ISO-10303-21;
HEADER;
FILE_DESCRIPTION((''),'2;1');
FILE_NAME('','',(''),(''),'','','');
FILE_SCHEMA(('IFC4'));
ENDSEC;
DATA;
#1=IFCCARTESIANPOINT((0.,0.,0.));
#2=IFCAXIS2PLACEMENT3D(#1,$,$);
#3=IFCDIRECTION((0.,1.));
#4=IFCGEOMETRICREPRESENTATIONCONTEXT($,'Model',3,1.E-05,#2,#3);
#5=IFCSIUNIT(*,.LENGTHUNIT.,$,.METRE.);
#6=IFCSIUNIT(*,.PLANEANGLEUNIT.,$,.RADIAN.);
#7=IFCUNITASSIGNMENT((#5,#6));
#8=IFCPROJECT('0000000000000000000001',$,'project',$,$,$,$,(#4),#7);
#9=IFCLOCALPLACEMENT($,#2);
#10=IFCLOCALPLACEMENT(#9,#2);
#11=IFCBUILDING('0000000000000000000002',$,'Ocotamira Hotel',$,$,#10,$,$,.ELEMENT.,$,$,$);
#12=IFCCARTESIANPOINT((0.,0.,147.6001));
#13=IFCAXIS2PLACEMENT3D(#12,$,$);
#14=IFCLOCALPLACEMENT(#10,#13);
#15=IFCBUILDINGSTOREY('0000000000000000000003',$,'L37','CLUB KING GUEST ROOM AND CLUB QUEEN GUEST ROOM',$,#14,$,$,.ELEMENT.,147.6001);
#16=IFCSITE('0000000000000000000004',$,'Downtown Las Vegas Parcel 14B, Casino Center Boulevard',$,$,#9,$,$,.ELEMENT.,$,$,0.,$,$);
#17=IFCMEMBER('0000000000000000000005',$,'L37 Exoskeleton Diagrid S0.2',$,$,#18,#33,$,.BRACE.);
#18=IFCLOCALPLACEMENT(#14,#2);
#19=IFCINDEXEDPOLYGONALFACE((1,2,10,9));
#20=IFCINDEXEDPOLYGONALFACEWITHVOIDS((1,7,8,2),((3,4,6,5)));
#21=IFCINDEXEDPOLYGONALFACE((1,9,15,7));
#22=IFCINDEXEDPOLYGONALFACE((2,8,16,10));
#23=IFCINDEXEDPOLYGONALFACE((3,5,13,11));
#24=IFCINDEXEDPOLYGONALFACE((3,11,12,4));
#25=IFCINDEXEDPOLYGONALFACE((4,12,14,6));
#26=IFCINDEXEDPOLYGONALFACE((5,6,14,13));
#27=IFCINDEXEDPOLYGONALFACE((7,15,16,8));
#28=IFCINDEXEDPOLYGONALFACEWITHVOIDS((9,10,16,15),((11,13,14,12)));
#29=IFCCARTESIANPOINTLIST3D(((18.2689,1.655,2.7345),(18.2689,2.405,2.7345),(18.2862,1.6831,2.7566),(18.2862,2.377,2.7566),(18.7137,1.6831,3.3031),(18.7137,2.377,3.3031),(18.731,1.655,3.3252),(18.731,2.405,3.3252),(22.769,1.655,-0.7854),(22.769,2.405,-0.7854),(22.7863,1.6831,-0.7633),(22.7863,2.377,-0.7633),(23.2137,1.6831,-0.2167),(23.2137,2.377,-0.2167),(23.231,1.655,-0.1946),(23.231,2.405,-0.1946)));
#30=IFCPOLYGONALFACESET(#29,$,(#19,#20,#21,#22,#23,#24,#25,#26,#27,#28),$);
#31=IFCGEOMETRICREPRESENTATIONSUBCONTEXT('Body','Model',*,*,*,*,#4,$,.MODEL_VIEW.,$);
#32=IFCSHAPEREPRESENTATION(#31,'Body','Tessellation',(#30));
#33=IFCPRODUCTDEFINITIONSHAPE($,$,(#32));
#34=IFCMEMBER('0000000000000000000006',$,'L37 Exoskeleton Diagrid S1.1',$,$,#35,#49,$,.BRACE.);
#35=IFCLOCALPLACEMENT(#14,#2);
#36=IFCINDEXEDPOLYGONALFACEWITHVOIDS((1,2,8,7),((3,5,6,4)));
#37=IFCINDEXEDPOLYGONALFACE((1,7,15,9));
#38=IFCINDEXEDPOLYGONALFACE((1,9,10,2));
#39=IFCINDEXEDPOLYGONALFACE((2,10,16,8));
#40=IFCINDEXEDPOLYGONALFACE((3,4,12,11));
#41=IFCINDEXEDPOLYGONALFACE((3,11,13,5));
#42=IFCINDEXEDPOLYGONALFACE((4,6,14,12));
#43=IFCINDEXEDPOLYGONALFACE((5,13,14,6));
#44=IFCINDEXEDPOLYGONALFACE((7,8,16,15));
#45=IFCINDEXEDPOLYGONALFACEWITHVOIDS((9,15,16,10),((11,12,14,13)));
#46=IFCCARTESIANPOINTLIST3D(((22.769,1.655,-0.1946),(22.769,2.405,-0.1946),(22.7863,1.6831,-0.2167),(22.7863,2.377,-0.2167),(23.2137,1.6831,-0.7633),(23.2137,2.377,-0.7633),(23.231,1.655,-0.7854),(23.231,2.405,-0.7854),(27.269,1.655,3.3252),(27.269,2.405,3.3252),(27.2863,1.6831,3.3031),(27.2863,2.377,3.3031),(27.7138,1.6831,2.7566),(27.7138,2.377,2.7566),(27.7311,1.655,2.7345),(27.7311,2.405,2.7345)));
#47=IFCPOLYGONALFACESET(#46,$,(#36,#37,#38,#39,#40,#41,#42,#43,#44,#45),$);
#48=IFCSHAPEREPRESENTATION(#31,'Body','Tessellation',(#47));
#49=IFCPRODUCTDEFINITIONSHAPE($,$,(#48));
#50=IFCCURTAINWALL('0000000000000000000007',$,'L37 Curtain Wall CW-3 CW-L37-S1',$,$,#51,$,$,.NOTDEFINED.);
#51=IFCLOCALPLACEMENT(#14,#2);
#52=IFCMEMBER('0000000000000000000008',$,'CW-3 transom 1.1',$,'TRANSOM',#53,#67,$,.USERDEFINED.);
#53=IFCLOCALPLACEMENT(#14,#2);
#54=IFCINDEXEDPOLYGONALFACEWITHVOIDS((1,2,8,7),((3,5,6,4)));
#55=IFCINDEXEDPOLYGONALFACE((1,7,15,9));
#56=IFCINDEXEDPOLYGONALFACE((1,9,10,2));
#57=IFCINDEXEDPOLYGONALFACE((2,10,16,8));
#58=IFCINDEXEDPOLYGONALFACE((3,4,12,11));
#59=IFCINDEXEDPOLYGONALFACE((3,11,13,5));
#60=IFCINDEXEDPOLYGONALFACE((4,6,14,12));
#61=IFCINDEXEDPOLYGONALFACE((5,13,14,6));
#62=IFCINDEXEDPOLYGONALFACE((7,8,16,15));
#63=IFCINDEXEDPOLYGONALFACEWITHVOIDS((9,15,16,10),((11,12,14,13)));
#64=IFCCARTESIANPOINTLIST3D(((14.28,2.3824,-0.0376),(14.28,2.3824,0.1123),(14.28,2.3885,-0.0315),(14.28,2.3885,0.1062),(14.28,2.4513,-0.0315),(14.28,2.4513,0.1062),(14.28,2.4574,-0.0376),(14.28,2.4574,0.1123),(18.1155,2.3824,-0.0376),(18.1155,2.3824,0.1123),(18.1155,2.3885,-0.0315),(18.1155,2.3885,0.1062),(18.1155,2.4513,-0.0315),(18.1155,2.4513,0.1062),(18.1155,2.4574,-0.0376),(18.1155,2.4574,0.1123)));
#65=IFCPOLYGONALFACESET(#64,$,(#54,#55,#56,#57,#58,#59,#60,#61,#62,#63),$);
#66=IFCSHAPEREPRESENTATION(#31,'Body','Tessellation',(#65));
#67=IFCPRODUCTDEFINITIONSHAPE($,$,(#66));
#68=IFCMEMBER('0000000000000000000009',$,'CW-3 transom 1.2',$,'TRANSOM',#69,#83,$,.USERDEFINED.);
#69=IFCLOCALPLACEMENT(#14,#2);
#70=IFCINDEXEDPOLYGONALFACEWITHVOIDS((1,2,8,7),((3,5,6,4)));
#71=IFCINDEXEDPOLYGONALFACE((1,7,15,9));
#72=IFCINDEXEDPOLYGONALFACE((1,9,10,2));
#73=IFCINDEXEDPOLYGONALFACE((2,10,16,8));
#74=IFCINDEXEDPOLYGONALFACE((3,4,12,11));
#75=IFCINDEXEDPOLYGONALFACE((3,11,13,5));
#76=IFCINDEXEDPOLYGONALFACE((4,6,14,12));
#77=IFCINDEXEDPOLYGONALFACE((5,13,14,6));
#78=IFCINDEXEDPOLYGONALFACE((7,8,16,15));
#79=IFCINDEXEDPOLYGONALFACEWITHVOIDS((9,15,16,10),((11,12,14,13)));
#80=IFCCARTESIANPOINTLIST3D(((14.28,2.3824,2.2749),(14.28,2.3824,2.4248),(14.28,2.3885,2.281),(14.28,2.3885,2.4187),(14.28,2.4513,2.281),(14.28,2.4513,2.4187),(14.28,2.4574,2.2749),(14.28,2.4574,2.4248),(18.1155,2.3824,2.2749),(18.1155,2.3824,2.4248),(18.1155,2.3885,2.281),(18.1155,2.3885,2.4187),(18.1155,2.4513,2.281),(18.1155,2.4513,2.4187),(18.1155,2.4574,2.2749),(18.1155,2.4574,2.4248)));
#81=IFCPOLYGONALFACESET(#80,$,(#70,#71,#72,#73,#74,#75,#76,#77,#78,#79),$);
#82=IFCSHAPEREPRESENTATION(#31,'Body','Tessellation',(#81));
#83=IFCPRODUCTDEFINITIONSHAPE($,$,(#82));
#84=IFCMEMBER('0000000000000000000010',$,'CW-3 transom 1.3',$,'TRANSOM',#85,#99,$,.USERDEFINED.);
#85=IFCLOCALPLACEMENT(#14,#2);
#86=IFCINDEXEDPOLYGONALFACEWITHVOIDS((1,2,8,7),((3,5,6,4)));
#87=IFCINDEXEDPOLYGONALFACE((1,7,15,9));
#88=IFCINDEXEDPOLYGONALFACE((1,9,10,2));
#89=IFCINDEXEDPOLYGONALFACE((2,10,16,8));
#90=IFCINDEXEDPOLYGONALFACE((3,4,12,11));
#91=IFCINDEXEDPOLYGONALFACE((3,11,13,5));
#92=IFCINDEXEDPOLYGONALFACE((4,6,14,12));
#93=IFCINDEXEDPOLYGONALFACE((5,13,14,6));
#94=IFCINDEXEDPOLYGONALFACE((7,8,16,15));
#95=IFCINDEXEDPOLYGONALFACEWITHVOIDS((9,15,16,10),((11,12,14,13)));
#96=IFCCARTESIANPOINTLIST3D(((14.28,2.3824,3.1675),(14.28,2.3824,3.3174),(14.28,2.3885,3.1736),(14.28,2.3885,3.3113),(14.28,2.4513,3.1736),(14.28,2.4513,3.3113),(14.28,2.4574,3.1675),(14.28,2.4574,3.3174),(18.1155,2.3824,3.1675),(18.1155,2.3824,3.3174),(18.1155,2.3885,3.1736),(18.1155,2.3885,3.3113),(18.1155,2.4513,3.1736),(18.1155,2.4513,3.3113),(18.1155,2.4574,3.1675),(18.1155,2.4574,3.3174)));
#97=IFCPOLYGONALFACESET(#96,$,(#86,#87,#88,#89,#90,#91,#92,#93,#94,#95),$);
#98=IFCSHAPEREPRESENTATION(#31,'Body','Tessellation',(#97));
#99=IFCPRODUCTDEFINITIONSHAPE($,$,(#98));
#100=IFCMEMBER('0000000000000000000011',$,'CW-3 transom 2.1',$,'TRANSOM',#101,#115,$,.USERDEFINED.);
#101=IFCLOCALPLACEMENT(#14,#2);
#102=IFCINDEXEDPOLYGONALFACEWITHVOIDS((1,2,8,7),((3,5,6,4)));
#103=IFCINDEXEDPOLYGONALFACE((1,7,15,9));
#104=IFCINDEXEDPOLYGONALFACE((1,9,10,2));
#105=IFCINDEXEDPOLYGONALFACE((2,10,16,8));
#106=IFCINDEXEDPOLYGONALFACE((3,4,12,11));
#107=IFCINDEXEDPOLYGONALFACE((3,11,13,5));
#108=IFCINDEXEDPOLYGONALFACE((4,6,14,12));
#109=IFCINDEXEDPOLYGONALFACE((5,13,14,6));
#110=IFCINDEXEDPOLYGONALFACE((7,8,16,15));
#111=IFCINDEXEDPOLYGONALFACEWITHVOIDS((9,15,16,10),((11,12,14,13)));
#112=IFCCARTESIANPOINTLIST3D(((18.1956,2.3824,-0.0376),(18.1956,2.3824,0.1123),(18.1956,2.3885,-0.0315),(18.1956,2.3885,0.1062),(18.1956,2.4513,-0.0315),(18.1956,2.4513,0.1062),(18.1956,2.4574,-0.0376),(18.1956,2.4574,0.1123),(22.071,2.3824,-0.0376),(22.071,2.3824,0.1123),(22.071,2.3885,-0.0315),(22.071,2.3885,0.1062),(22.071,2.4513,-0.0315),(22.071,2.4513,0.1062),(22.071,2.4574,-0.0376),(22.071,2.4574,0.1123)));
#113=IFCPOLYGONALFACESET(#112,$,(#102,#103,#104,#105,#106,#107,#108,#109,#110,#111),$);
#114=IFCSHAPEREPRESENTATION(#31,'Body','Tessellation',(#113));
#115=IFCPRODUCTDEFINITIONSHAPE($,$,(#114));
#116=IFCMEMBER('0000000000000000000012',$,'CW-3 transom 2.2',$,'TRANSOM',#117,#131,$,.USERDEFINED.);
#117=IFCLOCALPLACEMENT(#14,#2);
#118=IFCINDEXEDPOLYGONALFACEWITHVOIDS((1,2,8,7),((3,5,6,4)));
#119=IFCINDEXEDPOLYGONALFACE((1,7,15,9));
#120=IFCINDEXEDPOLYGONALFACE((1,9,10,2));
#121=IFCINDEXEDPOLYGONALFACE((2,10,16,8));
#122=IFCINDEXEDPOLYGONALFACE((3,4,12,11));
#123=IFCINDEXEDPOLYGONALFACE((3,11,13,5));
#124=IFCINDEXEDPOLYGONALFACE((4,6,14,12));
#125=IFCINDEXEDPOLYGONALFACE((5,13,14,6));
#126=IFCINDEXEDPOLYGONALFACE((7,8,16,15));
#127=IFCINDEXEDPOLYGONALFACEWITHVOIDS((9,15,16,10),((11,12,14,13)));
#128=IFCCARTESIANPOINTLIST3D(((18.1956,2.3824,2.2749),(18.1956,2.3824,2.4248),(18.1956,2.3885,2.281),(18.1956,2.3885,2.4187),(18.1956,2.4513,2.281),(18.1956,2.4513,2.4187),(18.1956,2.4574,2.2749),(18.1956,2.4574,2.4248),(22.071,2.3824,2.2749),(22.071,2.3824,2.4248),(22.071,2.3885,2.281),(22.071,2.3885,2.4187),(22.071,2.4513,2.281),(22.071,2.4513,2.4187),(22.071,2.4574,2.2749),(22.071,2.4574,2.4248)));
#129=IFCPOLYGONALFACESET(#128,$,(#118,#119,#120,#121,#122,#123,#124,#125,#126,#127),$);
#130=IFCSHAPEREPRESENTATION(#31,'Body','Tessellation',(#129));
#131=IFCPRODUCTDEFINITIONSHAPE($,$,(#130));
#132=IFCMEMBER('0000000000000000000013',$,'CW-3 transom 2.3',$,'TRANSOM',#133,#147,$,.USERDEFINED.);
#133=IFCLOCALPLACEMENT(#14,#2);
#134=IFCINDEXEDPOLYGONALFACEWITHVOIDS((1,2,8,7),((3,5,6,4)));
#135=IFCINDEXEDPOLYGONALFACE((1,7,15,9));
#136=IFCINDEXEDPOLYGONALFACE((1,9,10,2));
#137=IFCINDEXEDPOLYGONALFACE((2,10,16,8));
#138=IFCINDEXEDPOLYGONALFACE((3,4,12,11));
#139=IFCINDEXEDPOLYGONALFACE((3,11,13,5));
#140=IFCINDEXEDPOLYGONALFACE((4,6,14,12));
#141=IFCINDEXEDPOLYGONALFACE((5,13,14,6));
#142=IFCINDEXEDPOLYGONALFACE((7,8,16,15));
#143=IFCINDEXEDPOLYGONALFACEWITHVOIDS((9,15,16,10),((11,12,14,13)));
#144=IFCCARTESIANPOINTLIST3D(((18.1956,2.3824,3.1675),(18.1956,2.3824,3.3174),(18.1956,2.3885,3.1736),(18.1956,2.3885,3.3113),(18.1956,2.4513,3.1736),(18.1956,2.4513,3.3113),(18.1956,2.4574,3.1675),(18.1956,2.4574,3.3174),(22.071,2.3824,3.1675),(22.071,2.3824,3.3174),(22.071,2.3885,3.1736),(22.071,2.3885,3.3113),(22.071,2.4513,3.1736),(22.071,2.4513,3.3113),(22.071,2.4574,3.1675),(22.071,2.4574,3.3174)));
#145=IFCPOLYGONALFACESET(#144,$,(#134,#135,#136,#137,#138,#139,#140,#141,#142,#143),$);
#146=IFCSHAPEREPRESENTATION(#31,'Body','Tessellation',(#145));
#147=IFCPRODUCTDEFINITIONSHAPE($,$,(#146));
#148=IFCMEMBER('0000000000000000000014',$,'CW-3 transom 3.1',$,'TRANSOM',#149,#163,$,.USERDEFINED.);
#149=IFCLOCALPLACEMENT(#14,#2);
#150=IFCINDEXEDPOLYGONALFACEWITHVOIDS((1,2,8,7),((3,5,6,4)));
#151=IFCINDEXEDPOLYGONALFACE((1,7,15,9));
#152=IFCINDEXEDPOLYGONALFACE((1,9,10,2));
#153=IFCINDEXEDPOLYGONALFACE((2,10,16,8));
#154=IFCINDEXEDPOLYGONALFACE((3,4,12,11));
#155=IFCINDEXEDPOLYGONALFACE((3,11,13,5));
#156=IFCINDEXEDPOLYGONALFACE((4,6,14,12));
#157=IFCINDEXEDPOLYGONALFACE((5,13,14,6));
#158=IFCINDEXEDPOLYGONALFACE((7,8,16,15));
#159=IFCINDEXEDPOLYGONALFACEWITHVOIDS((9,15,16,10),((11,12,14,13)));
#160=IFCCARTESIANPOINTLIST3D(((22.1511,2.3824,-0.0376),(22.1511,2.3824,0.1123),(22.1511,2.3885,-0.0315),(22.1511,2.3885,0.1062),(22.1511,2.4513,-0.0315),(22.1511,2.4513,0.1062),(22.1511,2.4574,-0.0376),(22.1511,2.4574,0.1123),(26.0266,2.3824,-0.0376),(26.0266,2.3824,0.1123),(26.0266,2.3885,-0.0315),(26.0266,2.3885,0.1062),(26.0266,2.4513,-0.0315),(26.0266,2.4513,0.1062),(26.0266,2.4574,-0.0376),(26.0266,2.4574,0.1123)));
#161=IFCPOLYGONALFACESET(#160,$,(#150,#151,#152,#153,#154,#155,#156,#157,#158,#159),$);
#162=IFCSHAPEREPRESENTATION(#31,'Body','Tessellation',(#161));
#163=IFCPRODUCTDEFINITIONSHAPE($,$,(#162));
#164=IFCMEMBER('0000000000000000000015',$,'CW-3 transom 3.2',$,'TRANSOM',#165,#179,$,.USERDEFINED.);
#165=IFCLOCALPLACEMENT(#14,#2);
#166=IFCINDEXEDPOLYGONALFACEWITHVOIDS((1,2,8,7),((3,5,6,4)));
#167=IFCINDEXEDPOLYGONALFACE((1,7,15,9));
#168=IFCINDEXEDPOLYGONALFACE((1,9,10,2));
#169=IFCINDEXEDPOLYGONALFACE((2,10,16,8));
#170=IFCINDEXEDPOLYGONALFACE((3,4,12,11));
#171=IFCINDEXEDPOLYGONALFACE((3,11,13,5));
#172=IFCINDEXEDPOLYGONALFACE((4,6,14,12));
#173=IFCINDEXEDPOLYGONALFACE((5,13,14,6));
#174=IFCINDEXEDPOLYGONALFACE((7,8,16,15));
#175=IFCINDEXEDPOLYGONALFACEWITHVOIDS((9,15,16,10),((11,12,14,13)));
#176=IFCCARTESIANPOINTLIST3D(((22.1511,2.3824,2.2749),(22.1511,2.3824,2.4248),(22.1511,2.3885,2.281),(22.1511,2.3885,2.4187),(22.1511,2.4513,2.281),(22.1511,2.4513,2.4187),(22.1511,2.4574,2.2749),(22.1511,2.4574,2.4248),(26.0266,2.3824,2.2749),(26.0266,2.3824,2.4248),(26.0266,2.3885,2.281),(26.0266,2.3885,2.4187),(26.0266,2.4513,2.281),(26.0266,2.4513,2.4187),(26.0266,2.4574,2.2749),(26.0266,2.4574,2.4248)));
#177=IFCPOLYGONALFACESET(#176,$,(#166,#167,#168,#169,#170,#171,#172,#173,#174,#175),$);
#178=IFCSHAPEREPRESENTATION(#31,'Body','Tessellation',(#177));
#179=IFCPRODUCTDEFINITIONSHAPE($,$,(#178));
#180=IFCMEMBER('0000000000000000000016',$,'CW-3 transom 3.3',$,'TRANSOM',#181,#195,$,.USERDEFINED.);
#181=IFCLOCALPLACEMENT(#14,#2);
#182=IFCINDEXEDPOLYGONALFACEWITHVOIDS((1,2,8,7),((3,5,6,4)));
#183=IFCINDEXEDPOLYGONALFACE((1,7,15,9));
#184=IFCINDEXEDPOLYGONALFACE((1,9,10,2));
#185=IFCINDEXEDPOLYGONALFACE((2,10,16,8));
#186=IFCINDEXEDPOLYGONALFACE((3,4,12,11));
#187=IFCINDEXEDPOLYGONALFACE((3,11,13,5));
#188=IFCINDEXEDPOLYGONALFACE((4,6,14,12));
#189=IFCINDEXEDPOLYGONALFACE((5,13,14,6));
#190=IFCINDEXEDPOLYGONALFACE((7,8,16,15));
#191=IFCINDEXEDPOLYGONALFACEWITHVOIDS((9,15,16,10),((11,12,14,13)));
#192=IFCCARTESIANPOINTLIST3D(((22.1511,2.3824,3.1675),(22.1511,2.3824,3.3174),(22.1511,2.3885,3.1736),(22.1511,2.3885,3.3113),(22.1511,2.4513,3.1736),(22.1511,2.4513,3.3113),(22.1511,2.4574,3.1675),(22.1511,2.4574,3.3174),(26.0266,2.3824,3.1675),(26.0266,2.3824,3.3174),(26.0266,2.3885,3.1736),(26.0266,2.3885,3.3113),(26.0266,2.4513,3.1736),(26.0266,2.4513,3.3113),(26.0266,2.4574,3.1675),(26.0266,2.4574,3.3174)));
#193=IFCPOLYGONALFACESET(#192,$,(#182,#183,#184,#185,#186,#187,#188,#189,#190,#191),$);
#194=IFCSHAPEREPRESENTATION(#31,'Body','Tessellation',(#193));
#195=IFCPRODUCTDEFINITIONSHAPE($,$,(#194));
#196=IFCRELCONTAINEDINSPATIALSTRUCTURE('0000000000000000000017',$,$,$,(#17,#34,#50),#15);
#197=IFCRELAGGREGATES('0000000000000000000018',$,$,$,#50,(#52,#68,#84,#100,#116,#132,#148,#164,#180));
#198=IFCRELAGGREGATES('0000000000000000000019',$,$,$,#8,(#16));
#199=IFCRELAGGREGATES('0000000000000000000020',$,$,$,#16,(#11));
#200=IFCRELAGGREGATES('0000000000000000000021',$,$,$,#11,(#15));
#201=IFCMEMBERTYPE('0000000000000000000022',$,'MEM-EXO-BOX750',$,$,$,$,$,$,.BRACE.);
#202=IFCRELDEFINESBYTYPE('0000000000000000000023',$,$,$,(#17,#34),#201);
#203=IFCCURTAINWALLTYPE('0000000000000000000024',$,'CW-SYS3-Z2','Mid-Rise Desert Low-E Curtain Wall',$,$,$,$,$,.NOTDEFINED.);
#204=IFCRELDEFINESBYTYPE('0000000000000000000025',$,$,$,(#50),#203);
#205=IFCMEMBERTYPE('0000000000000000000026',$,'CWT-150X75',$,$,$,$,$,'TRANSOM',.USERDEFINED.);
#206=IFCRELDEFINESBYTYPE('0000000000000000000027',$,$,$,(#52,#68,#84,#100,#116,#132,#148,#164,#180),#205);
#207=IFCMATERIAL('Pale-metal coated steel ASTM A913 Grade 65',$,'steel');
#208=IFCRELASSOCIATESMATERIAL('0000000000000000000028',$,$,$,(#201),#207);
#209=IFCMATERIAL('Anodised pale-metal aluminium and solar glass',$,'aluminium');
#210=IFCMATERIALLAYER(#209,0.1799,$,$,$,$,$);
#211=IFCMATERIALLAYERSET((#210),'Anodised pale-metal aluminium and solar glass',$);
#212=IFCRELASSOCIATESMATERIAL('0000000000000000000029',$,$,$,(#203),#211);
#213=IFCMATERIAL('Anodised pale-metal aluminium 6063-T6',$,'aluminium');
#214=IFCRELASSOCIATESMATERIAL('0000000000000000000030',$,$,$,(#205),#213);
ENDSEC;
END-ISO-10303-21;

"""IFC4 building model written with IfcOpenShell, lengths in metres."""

from ifc_helpers import new_model, si_unit, direction, frame, origin, origin_2d, place, context, subcontext, project, spatial, hollow_rectangle, extrude, source, transform, mapped, material, layer, layer_set, material_profile, profile_set, type_object, element, aggregate, save


model = new_model("IFC4")

# Units and contexts
model_context = context("Model", 3, precision=1e-05, world=origin(), true_north=direction((0.0, 1.0)))
body_context = subcontext(model_context, "Body", "Model", "MODEL_VIEW")
ifc_project = project(units=[si_unit("LENGTHUNIT", "METRE"), si_unit("PLANEANGLEUNIT", "RADIAN")], contexts=[model_context])

# Site, building, storey
site_placement = place(None, origin())
site = spatial("IfcSite", under=ifc_project, at=site_placement, Name="Downtown Las Vegas Parcel 14B, Casino Center Boulevard", CompositionType="ELEMENT", RefElevation=0.0)
building_placement = place(site_placement, origin())
building = spatial("IfcBuilding", under=site, at=building_placement, Name="Ocotamira Hotel", CompositionType="ELEMENT")
storey_placement = place(building_placement, frame((0.0, 0.0, 147.6001)))
storey = spatial("IfcBuildingStorey", under=building, at=storey_placement, Name="L37", Description="CLUB KING GUEST ROOM AND CLUB QUEEN GUEST ROOM", CompositionType="ELEMENT", Elevation=147.6001)

# Members
ifc_material_1 = material(Name="Pale-metal coated steel ASTM A913 Grade 65", Category="steel")
ifc_material_profile_1 = material_profile(ifc_material_1, hollow_rectangle(XDim=0.75, YDim=0.75, WallThickness=0.0281, at=origin_2d()), Name="BOX750X750X28")
ifc_profile_set_1 = profile_set([ifc_material_profile_1], Name="Pale-metal coated steel ASTM A913 Grade 65")
member_type_1 = type_object("IfcMemberType", Name="MEM-EXO-BOX750", PredefinedType="BRACE", material=ifc_profile_set_1)
shared_shape_1 = source(origin(), body_context, "Body", "SweptSolid", [
    extrude(hollow_rectangle(XDim=0.75, YDim=0.75, WallThickness=0.0281, at=origin_2d()), origin(), (0.0, 0.0, 1.0), 5.7131),
])
for number, where, z_axis, x_axis, name in (
    (1, (23.0, 2.03, -0.49), (-0.787672, 0.0, 0.616095), (0.0, -1.0, 0.0), "L37 Exoskeleton Diagrid S0.2"),
    (2, (23.0, 2.03, -0.49), (0.787672, 0.0, 0.616095), (0.0, 1.0, 0.0), "L37 Exoskeleton Diagrid S1.1"),
):
    element("IfcMember", number, at=place(storey_placement, frame(where, z_axis=z_axis, x_axis=x_axis)), inside=storey, type_object=member_type_1, Name=name, PredefinedType="BRACE", context=body_context, shape_type="MappedRepresentation", body=[
        mapped(shared_shape_1, transform((0.0, 0.0, 0.0), scale=1.0)),
    ])

# Curtain wall, members
ifc_material_2 = material(Name="Anodised pale-metal aluminium and solar glass", Category="aluminium")
ifc_layer_1 = layer(ifc_material_2, 0.1799)
ifc_layer_set_1 = layer_set([ifc_layer_1], Name="Anodised pale-metal aluminium and solar glass")
curtain_wall_type = type_object("IfcCurtainWallType", Name="CW-SYS3-Z2", Description="Mid-Rise Desert Low-E Curtain Wall", PredefinedType="NOTDEFINED", material=ifc_layer_set_1)
curtain_wall_placement = place(storey_placement, origin())
curtain_wall = element("IfcCurtainWall", 3, at=curtain_wall_placement, inside=storey, type_object=curtain_wall_type, Name="L37 Curtain Wall CW-3 CW-L37-S1", PredefinedType="NOTDEFINED")
ifc_material_3 = material(Name="Anodised pale-metal aluminium 6063-T6", Category="aluminium")
ifc_material_profile_2 = material_profile(ifc_material_3, hollow_rectangle(XDim=0.075, YDim=0.1499, WallThickness=0.0061, at=origin_2d()), Name="HSS150X75X6")
ifc_profile_set_2 = profile_set([ifc_material_profile_2], Name="Anodised pale-metal aluminium 6063-T6")
member_type_2 = type_object("IfcMemberType", Name="CWT-150X75", ElementType="TRANSOM", PredefinedType="USERDEFINED", material=ifc_profile_set_2)
shared_shape_2 = source(origin(), body_context, "Body", "SweptSolid", [
    extrude(hollow_rectangle(XDim=0.075, YDim=0.1499, WallThickness=0.0061, at=origin_2d()), origin(), (0.0, 0.0, 1.0), 3.8354),
])
member_1_placement = place(storey_placement, frame((14.28, 2.4199, 0.0374), z_axis=(1.0, 0.0, 0.0), x_axis=(0.0, 1.0, 0.0)))
member_1 = element("IfcMember", 4, at=member_1_placement, type_object=member_type_2, Name="CW-3 transom 1.1", ObjectType="TRANSOM", PredefinedType="USERDEFINED", context=body_context, shape_type="MappedRepresentation", body=[
    mapped(shared_shape_2, transform((0.0, 0.0, 0.0), scale=1.0)),
])
member_2_placement = place(storey_placement, frame((14.28, 2.4199, 2.3499), z_axis=(1.0, 0.0, 0.0), x_axis=(0.0, 1.0, 0.0)))
member_2 = element("IfcMember", 5, at=member_2_placement, type_object=member_type_2, Name="CW-3 transom 1.2", ObjectType="TRANSOM", PredefinedType="USERDEFINED", context=body_context, shape_type="MappedRepresentation", body=[
    mapped(shared_shape_2, transform((0.0, 0.0, 0.0), scale=1.0)),
])
member_3_placement = place(storey_placement, frame((14.28, 2.4199, 3.2424), z_axis=(1.0, 0.0, 0.0), x_axis=(0.0, 1.0, 0.0)))
member_3 = element("IfcMember", 6, at=member_3_placement, type_object=member_type_2, Name="CW-3 transom 1.3", ObjectType="TRANSOM", PredefinedType="USERDEFINED", context=body_context, shape_type="MappedRepresentation", body=[
    mapped(shared_shape_2, transform((0.0, 0.0, 0.0), scale=1.0)),
])
shared_shape_3 = source(origin(), body_context, "Body", "SweptSolid", [
    extrude(hollow_rectangle(XDim=0.075, YDim=0.1499, WallThickness=0.0061, at=origin_2d()), origin(), (0.0, 0.0, 1.0), 3.8755),
])
member_4_placement = place(storey_placement, frame((18.1956, 2.4199, 0.0374), z_axis=(1.0, 0.0, 0.0), x_axis=(0.0, 1.0, 0.0)))
member_4 = element("IfcMember", 7, at=member_4_placement, type_object=member_type_2, Name="CW-3 transom 2.1", ObjectType="TRANSOM", PredefinedType="USERDEFINED", context=body_context, shape_type="MappedRepresentation", body=[
    mapped(shared_shape_3, transform((0.0, 0.0, 0.0), scale=1.0)),
])
member_5_placement = place(storey_placement, frame((18.1956, 2.4199, 2.3499), z_axis=(1.0, 0.0, 0.0), x_axis=(0.0, 1.0, 0.0)))
member_5 = element("IfcMember", 8, at=member_5_placement, type_object=member_type_2, Name="CW-3 transom 2.2", ObjectType="TRANSOM", PredefinedType="USERDEFINED", context=body_context, shape_type="MappedRepresentation", body=[
    mapped(shared_shape_3, transform((0.0, 0.0, 0.0), scale=1.0)),
])
member_6_placement = place(storey_placement, frame((18.1956, 2.4199, 3.2424), z_axis=(1.0, 0.0, 0.0), x_axis=(0.0, 1.0, 0.0)))
member_6 = element("IfcMember", 9, at=member_6_placement, type_object=member_type_2, Name="CW-3 transom 2.3", ObjectType="TRANSOM", PredefinedType="USERDEFINED", context=body_context, shape_type="MappedRepresentation", body=[
    mapped(shared_shape_3, transform((0.0, 0.0, 0.0), scale=1.0)),
])
member_7_placement = place(storey_placement, frame((22.1511, 2.4199, 0.0374), z_axis=(1.0, 0.0, 0.0), x_axis=(0.0, 1.0, 0.0)))
member_7 = element("IfcMember", 10, at=member_7_placement, type_object=member_type_2, Name="CW-3 transom 3.1", ObjectType="TRANSOM", PredefinedType="USERDEFINED", context=body_context, shape_type="MappedRepresentation", body=[
    mapped(shared_shape_3, transform((0.0, 0.0, 0.0), scale=1.0)),
])
member_8_placement = place(storey_placement, frame((22.1511, 2.4199, 2.3499), z_axis=(1.0, 0.0, 0.0), x_axis=(0.0, 1.0, 0.0)))
member_8 = element("IfcMember", 11, at=member_8_placement, type_object=member_type_2, Name="CW-3 transom 3.2", ObjectType="TRANSOM", PredefinedType="USERDEFINED", context=body_context, shape_type="MappedRepresentation", body=[
    mapped(shared_shape_3, transform((0.0, 0.0, 0.0), scale=1.0)),
])
member_9_placement = place(storey_placement, frame((22.1511, 2.4199, 3.2424), z_axis=(1.0, 0.0, 0.0), x_axis=(0.0, 1.0, 0.0)))
member_9 = element("IfcMember", 12, at=member_9_placement, type_object=member_type_2, Name="CW-3 transom 3.3", ObjectType="TRANSOM", PredefinedType="USERDEFINED", context=body_context, shape_type="MappedRepresentation", body=[
    mapped(shared_shape_3, transform((0.0, 0.0, 0.0), scale=1.0)),
])

aggregate(curtain_wall, [member_1, member_2, member_3, member_4, member_5, member_6, member_7, member_8, member_9])

save(model, "model.ifc")
